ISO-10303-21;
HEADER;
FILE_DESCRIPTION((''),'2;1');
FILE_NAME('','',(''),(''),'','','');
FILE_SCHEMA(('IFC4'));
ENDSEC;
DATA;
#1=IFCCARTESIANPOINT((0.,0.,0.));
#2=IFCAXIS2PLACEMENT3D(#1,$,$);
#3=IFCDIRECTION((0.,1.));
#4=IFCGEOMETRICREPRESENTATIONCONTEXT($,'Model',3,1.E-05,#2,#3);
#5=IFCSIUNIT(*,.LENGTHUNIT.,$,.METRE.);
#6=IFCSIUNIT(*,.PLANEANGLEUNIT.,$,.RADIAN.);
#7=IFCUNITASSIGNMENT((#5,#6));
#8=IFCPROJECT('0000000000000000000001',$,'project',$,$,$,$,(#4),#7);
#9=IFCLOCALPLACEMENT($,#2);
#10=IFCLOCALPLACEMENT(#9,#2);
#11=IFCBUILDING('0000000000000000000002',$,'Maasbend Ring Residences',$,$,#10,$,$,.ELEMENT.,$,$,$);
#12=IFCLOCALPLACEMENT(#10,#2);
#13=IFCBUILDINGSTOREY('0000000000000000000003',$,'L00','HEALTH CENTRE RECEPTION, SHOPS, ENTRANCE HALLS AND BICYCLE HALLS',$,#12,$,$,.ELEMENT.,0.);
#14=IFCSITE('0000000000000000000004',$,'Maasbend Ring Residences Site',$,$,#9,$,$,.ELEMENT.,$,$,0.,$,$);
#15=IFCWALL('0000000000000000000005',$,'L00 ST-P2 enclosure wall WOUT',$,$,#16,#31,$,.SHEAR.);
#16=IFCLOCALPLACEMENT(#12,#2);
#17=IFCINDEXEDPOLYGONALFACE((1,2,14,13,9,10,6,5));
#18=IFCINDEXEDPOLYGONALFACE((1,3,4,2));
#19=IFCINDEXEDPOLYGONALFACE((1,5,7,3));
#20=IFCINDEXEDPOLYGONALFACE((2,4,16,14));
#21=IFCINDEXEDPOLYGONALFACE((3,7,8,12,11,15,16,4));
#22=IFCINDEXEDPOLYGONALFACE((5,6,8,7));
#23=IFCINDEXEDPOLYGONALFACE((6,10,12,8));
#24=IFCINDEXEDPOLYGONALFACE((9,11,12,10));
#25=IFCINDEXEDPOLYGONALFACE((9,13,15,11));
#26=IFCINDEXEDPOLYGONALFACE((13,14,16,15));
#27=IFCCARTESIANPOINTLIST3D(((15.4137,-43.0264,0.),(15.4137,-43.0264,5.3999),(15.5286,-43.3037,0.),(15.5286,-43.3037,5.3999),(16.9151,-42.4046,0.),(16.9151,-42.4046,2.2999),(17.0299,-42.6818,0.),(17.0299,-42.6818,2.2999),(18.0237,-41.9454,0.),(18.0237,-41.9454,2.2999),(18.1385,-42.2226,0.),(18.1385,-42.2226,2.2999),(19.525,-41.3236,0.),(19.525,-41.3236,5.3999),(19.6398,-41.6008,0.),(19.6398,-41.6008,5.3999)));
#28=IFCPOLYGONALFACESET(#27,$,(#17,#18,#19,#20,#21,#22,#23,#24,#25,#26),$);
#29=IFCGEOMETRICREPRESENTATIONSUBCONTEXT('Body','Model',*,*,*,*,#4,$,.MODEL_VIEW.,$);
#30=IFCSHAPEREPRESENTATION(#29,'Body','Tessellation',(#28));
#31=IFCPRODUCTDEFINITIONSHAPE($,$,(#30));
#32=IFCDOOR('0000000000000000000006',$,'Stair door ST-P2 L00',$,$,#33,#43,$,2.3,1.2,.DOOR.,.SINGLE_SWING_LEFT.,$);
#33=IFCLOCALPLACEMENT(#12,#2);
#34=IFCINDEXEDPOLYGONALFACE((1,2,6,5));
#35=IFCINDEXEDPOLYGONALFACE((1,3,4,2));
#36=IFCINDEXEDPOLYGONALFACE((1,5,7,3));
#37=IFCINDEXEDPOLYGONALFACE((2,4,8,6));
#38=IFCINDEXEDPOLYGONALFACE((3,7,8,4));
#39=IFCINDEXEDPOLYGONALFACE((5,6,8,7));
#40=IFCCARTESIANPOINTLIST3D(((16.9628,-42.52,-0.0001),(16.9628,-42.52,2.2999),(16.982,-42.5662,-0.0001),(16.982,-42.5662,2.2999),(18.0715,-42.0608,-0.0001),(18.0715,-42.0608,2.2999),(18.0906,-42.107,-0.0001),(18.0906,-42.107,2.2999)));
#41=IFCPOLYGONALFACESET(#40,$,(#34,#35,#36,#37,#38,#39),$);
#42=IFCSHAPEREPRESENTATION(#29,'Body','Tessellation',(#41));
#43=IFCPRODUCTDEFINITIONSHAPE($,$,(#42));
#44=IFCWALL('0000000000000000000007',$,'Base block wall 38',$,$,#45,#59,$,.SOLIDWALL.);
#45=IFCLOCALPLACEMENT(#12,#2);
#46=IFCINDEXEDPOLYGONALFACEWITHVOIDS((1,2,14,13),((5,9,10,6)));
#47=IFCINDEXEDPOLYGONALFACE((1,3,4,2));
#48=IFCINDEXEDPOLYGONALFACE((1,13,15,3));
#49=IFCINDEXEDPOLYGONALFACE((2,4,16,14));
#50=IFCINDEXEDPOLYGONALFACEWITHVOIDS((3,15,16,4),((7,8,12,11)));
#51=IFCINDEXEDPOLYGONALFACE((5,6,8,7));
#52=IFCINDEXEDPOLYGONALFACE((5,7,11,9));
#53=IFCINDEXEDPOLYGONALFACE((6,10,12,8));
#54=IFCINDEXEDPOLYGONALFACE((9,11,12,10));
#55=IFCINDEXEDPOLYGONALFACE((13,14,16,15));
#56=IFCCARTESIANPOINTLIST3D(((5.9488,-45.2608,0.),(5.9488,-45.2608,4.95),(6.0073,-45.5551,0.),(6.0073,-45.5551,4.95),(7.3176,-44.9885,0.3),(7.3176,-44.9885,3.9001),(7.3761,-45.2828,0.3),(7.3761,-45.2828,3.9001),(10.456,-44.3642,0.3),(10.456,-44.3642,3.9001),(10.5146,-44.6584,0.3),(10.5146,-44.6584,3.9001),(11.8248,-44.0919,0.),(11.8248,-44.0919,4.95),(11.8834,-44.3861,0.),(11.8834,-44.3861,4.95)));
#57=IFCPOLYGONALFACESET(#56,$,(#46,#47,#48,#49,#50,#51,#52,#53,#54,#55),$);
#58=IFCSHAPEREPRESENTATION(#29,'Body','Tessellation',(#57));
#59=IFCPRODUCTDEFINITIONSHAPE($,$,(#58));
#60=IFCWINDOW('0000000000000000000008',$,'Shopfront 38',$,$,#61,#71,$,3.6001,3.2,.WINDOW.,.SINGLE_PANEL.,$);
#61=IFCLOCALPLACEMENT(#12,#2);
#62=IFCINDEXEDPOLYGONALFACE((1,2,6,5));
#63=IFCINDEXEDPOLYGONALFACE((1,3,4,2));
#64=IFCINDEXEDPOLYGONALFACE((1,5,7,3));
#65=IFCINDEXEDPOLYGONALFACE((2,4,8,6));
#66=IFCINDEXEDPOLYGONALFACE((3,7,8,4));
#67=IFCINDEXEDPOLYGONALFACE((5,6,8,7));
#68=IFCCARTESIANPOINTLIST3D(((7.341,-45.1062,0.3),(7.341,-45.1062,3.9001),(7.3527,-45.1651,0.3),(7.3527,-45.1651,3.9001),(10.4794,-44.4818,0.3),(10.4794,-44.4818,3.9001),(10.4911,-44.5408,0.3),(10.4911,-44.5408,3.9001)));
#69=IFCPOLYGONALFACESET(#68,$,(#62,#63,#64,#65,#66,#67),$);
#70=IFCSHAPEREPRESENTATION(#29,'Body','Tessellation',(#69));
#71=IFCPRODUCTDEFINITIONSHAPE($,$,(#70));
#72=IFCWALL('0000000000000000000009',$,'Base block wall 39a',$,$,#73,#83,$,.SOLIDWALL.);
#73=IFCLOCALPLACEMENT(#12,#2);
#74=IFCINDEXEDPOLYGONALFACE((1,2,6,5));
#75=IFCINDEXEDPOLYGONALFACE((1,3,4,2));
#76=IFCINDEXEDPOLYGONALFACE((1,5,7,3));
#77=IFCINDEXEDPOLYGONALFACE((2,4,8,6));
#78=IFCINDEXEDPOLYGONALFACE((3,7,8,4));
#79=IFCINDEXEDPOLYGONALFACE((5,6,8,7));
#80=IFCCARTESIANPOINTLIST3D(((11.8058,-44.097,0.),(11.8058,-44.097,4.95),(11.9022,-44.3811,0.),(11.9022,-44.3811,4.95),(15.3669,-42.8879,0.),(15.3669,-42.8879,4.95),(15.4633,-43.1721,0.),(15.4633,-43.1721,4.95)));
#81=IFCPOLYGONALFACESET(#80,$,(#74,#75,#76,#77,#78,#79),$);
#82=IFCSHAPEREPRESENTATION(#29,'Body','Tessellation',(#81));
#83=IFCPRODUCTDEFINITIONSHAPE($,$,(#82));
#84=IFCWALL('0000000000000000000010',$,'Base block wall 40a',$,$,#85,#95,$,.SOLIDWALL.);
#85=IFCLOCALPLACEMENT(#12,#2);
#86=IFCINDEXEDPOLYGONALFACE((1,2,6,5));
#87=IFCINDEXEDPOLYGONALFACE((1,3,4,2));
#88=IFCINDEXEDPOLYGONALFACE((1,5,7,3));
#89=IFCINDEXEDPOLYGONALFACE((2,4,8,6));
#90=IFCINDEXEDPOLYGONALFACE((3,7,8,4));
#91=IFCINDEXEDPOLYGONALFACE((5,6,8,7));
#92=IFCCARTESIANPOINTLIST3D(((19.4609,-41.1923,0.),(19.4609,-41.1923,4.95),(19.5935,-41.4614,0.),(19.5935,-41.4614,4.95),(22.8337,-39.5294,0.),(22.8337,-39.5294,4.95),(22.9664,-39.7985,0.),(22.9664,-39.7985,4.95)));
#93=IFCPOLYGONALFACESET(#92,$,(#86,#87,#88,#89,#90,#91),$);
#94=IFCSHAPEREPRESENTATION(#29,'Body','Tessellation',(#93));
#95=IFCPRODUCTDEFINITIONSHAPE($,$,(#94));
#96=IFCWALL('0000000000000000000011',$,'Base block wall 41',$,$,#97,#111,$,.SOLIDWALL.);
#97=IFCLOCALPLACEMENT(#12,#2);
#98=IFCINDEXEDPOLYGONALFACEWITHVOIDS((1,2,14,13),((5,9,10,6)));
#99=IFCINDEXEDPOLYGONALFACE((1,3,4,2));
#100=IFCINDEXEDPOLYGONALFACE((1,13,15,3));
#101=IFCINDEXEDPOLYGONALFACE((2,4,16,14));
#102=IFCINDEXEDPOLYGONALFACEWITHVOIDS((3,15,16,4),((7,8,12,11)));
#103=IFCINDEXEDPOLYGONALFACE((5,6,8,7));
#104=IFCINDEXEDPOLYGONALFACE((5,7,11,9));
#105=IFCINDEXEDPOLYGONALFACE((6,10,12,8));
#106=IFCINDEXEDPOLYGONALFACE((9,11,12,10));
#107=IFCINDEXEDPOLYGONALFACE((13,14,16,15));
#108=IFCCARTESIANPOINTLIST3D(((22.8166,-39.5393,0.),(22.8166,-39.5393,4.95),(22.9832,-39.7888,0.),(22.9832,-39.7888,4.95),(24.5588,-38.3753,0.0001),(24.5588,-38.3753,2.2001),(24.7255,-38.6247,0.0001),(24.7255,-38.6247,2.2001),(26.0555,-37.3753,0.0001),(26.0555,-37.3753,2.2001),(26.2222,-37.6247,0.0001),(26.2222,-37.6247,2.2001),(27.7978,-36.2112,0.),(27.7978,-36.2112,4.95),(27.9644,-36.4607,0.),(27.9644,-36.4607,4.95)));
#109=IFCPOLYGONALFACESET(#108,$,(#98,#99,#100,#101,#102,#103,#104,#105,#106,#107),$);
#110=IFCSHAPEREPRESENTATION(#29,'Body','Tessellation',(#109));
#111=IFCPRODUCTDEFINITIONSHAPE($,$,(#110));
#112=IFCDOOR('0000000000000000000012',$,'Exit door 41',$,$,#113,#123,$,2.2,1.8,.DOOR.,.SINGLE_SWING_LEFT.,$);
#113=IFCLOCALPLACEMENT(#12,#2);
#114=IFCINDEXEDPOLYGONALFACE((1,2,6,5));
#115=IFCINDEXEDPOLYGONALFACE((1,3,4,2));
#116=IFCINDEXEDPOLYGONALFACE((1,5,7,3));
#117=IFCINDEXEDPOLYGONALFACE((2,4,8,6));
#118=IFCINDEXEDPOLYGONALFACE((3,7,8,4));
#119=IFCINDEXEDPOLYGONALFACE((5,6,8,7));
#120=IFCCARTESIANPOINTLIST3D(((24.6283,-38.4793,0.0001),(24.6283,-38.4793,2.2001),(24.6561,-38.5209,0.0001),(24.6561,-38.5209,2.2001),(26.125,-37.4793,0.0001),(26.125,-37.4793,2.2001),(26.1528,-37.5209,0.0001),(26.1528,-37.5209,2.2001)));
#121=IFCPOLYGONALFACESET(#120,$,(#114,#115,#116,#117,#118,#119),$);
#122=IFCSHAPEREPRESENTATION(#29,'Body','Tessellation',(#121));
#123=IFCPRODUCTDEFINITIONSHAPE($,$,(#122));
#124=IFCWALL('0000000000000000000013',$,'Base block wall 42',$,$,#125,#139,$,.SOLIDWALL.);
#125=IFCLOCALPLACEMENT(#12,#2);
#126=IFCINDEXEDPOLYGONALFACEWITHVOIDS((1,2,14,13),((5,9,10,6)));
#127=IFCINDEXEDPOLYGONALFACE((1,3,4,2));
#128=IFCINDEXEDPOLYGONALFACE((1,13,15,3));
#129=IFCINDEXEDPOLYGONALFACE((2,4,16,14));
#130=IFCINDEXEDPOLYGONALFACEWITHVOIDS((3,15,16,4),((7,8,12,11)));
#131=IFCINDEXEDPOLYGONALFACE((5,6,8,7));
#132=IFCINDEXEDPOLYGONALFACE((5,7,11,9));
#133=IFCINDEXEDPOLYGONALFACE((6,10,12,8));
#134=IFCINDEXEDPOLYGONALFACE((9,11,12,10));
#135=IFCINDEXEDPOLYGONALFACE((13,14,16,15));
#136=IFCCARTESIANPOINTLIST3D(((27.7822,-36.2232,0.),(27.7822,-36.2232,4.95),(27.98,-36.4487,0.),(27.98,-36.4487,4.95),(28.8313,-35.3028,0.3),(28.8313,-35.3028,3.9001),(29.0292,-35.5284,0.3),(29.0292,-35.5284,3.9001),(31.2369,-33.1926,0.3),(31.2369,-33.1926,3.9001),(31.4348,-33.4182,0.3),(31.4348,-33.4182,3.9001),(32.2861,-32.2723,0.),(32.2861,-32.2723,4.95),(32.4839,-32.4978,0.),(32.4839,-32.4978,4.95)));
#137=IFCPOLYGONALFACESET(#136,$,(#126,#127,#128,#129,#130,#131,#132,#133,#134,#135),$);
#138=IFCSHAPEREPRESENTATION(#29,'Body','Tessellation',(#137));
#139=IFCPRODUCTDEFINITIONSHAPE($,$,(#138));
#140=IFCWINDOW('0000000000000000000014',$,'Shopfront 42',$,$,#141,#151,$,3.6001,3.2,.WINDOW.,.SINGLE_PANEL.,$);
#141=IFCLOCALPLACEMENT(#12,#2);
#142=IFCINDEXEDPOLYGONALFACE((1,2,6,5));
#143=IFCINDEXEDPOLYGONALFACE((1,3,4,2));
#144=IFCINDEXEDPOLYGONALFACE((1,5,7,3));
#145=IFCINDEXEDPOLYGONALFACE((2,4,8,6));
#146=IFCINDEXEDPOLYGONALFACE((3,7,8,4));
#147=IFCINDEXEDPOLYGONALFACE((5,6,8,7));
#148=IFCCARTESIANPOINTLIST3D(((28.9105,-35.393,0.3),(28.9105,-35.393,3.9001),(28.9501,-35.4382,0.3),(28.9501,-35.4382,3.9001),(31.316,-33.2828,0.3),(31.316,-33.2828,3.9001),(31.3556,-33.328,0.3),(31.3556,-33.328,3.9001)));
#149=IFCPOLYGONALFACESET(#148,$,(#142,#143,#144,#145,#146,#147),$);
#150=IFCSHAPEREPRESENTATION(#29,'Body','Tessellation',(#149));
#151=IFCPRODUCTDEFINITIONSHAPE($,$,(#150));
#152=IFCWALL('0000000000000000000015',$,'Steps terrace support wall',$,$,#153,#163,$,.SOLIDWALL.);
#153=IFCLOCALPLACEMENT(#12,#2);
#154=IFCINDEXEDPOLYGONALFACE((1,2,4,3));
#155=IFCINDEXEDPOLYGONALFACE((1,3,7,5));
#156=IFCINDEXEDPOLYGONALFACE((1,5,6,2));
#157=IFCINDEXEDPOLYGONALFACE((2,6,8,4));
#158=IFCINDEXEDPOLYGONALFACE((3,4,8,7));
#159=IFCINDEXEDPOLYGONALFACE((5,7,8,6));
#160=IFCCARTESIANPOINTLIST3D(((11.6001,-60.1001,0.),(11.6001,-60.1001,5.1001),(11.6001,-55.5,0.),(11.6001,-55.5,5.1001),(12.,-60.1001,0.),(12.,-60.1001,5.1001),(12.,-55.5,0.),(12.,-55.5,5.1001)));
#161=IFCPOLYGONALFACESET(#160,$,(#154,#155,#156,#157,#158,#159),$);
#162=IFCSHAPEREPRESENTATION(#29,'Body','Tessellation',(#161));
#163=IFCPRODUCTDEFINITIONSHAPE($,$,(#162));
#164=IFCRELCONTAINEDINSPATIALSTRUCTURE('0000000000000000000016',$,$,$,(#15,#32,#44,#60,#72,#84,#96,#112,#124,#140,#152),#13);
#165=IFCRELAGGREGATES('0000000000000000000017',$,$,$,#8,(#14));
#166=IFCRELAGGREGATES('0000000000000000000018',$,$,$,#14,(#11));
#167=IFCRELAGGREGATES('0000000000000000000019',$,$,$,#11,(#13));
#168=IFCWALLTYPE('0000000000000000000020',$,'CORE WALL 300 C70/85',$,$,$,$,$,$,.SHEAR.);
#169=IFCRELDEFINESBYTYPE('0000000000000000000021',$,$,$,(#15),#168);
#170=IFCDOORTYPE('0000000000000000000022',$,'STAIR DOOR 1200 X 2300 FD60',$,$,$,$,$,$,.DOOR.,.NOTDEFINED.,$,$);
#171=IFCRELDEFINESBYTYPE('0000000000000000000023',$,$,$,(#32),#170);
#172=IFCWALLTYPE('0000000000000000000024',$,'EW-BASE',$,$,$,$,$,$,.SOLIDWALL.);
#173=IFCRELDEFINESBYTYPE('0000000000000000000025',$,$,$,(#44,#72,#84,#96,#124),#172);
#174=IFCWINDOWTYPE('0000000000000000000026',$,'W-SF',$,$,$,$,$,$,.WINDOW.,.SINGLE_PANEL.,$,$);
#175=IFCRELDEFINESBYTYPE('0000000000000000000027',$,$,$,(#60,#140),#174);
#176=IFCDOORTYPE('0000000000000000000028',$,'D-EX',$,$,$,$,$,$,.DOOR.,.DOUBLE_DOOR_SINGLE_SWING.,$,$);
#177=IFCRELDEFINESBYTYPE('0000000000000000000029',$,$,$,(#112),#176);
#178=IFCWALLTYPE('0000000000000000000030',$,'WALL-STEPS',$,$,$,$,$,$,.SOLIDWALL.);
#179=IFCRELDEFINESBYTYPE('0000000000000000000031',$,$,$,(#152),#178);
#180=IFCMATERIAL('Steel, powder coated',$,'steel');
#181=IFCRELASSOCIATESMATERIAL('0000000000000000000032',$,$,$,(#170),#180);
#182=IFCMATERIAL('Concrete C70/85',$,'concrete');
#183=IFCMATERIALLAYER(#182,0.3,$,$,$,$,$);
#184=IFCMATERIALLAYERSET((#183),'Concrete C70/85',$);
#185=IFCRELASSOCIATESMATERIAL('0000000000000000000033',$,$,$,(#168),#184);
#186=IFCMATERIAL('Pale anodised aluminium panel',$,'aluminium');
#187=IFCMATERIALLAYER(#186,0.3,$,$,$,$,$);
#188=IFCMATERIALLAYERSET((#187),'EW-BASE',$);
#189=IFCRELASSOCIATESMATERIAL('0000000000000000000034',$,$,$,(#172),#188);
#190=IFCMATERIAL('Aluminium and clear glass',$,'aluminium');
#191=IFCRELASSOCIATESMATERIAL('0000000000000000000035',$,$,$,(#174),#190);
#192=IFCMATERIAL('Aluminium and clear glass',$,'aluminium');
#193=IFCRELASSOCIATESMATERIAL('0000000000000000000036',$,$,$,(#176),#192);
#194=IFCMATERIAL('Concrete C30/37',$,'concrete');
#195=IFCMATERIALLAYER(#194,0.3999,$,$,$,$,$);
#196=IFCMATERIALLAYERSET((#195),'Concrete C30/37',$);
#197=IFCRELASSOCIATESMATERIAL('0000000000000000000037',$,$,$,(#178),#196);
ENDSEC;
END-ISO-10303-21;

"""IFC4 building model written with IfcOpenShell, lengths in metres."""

from ifc_helpers import new_model, si_unit, direction, frame, frame_2d, origin, place, context, subcontext, project, spatial, rectangle, extrude, material, layer, layer_set, type_object, element, fill, save


model = new_model("IFC4")

# Units and contexts
model_context = context("Model", 3, precision=1e-05, world=origin(), true_north=direction((0.0, 1.0)))
body_context = subcontext(model_context, "Body", "Model", "MODEL_VIEW")
ifc_project = project(units=[si_unit("LENGTHUNIT", "METRE"), si_unit("PLANEANGLEUNIT", "RADIAN")], contexts=[model_context])

# Site, building, storey
site_placement = place(None, origin())
site = spatial("IfcSite", under=ifc_project, at=site_placement, Name="Maasbend Ring Residences Site", CompositionType="ELEMENT", RefElevation=0.0)
building_placement = place(site_placement, origin())
building = spatial("IfcBuilding", under=site, at=building_placement, Name="Maasbend Ring Residences", CompositionType="ELEMENT")
storey_placement = place(building_placement, origin())
storey = spatial("IfcBuildingStorey", under=building, at=storey_placement, Name="L00", Description="HEALTH CENTRE RECEPTION, SHOPS, ENTRANCE HALLS AND BICYCLE HALLS", CompositionType="ELEMENT", Elevation=0.0)

# Shared definitions
ifc_material_1 = material(Name="Steel, powder coated", Category="steel")
door_type_1 = type_object("IfcDoorType", Name="STAIR DOOR 1200 X 2300 FD60", OperationType="NOTDEFINED", PredefinedType="DOOR", material=ifc_material_1)

# Wall, opening, door
ifc_material_2 = material(Name="Concrete C70/85", Category="concrete")
ifc_layer_1 = layer(ifc_material_2, 0.3)
ifc_layer_set_1 = layer_set([ifc_layer_1], Name="Concrete C70/85")
wall_type_1 = type_object("IfcWallType", Name="CORE WALL 300 C70/85", PredefinedType="SHEAR", material=ifc_layer_set_1)
wall_1_placement = place(storey_placement, frame((19.5825, -41.4622, 0.0), z_axis=(0.0, 0.0, 1.0), x_axis=(-0.923886, -0.382667, 0.0)))
wall_1 = element("IfcWall", 1, at=wall_1_placement, inside=storey, type_object=wall_type_1, Name="L00 ST-P2 enclosure wall WOUT", PredefinedType="SHEAR", context=body_context, shape_type="SweptSolid", body=[
    extrude(rectangle(XDim=4.45, YDim=0.3, at=frame_2d((2.2251, 0.0))), origin(), (0.0, 0.0, 1.0), 5.3999),
])
opening_1_placement = place(wall_1_placement, frame((1.625, 0.0, 0.0)))
opening_1 = element("IfcOpeningElement", 2, at=opening_1_placement, cuts=wall_1, PredefinedType="OPENING", context=body_context, shape_type="SweptSolid", body=[
    extrude(rectangle(XDim=1.2, YDim=2.3, at=frame_2d((0.6001, 1.1499))), frame((0.0, 0.1602, 0.0), z_axis=(0.0, -1.0, 0.0), x_axis=(1.0, 0.0, 0.0)), (0.0, 0.0, 1.0), 0.3201),
])
door_1_placement = place(opening_1_placement, origin())
door_1 = element("IfcDoor", 3, at=door_1_placement, inside=storey, type_object=door_type_1, Name="Stair door ST-P2 L00", OperationType="SINGLE_SWING_LEFT", OverallHeight=2.3, OverallWidth=1.2, PredefinedType="DOOR", context=body_context, shape_type="SweptSolid", body=[
    extrude(rectangle(XDim=1.2, YDim=2.3, at=frame_2d((0.6001, 1.1499))), frame((0.0, 0.0249, 0.0), z_axis=(0.0, -1.0, 0.0), x_axis=(1.0, 0.0, 0.0)), (0.0, 0.0, 1.0), 0.05),
])
fill(opening_1, door_1)

# Wall, opening, window
ifc_material_3 = material(Name="Pale anodised aluminium panel", Category="aluminium")
ifc_layer_2 = layer(ifc_material_3, 0.3)
ifc_layer_set_2 = layer_set([ifc_layer_2], Name="EW-BASE")
wall_type_2 = type_object("IfcWallType", Name="EW-BASE", PredefinedType="SOLIDWALL", material=ifc_layer_set_2)
wall_2_placement = place(storey_placement, frame((5.978, -45.408, 0.0), z_axis=(0.0, 0.0, 1.0), x_axis=(0.980781, 0.195113, 0.0)))
wall_2 = element("IfcWall", 4, at=wall_2_placement, inside=storey, type_object=wall_type_2, Name="Base block wall 38", PredefinedType="SOLIDWALL", context=body_context, shape_type="SweptSolid", body=[
    extrude(rectangle(XDim=5.9912, YDim=0.3, at=frame_2d((2.9956, 0.0))), origin(), (0.0, 0.0, 1.0), 4.95),
])
opening_2_placement = place(wall_2_placement, frame((1.3955, 0.0, 0.3)))
opening_2 = element("IfcOpeningElement", 5, at=opening_2_placement, cuts=wall_2, PredefinedType="OPENING", context=body_context, shape_type="SweptSolid", body=[
    extrude(rectangle(XDim=3.2, YDim=3.6001, at=frame_2d((1.6001, 1.8))), frame((0.0, 0.1602, 0.0), z_axis=(0.0, -1.0, 0.0), x_axis=(1.0, 0.0, 0.0)), (0.0, 0.0, 1.0), 0.3201),
])
ifc_material_4 = material(Name="Aluminium and clear glass", Category="aluminium")
window_type = type_object("IfcWindowType", Name="W-SF", PartitioningType="SINGLE_PANEL", PredefinedType="WINDOW", material=ifc_material_4)
window_1_placement = place(opening_2_placement, origin())
window_1 = element("IfcWindow", 6, at=window_1_placement, inside=storey, type_object=window_type, Name="Shopfront 38", OverallHeight=3.6001, OverallWidth=3.2, PartitioningType="SINGLE_PANEL", PredefinedType="WINDOW", context=body_context, shape_type="SweptSolid", body=[
    extrude(rectangle(XDim=3.2, YDim=3.6001, at=frame_2d((1.6001, 1.8))), frame((0.0, 0.03, 0.0), z_axis=(0.0, -1.0, 0.0), x_axis=(1.0, 0.0, 0.0)), (0.0, 0.0, 1.0), 0.0601),
])
fill(opening_2, window_1)

# Walls
wall_3_placement = place(storey_placement, frame((11.854, -44.239, 0.0), z_axis=(0.0, 0.0, 1.0), x_axis=(0.946916, 0.321481, 0.0)))
element("IfcWall", 7, at=wall_3_placement, inside=storey, type_object=wall_type_2, Name="Base block wall 39a", PredefinedType="SOLIDWALL", context=body_context, shape_type="SweptSolid", body=[
    extrude(rectangle(XDim=3.7607, YDim=0.3, at=frame_2d((1.8804, 0.0))), origin(), (0.0, 0.0, 1.0), 4.95),
])
wall_4_placement = place(storey_placement, frame((19.5271, -41.3269, 0.0), z_axis=(0.0, 0.0, 1.0), x_axis=(0.896919, 0.442194, 0.0)))
element("IfcWall", 8, at=wall_4_placement, inside=storey, type_object=wall_type_2, Name="Base block wall 40a", PredefinedType="SOLIDWALL", context=body_context, shape_type="SweptSolid", body=[
    extrude(rectangle(XDim=3.7605, YDim=0.3, at=frame_2d((1.8804, 0.0))), origin(), (0.0, 0.0, 1.0), 4.95),
])

# Wall, opening, door
wall_5_placement = place(storey_placement, frame((22.8999, -39.6641, 0.0), z_axis=(0.0, 0.0, 1.0), x_axis=(0.831486, 0.555546, 0.0)))
wall_5 = element("IfcWall", 9, at=wall_5_placement, inside=storey, type_object=wall_type_2, Name="Base block wall 41", PredefinedType="SOLIDWALL", context=body_context, shape_type="SweptSolid", body=[
    extrude(rectangle(XDim=5.9907, YDim=0.3, at=frame_2d((2.9954, 0.0))), origin(), (0.0, 0.0, 1.0), 4.95),
])
opening_3_placement = place(wall_5_placement, frame((2.0955, 0.0, 0.0)))
opening_3 = element("IfcOpeningElement", 10, at=opening_3_placement, cuts=wall_5, PredefinedType="OPENING", context=body_context, shape_type="SweptSolid", body=[
    extrude(rectangle(XDim=1.8, YDim=2.2, at=frame_2d((0.8999, 1.1001))), frame((0.0, 0.1602, 0.0), z_axis=(0.0, -1.0, 0.0), x_axis=(1.0, 0.0, 0.0)), (0.0, 0.0, 1.0), 0.3201),
])
ifc_material_5 = material(Name="Aluminium and clear glass", Category="aluminium")
door_type_2 = type_object("IfcDoorType", Name="D-EX", OperationType="DOUBLE_DOOR_SINGLE_SWING", PredefinedType="DOOR", material=ifc_material_5)
door_2_placement = place(opening_3_placement, origin())
door_2 = element("IfcDoor", 11, at=door_2_placement, inside=storey, type_object=door_type_2, Name="Exit door 41", OperationType="SINGLE_SWING_LEFT", OverallHeight=2.2, OverallWidth=1.8, PredefinedType="DOOR", context=body_context, shape_type="SweptSolid", body=[
    extrude(rectangle(XDim=1.8, YDim=2.2, at=frame_2d((0.8999, 1.1001))), frame((0.0, 0.0249, 0.0), z_axis=(0.0, -1.0, 0.0), x_axis=(1.0, 0.0, 0.0)), (0.0, 0.0, 1.0), 0.05),
])
fill(opening_3, door_2)

# Wall, opening, window
wall_6_placement = place(storey_placement, frame((27.8811, -36.3359, 0.0), z_axis=(0.0, 0.0, 1.0), x_axis=(0.751748, 0.65945, 0.0)))
wall_6 = element("IfcWall", 12, at=wall_6_placement, inside=storey, type_object=wall_type_2, Name="Base block wall 42", PredefinedType="SOLIDWALL", context=body_context, shape_type="SweptSolid", body=[
    extrude(rectangle(XDim=5.9912, YDim=0.3, at=frame_2d((2.9956, 0.0))), origin(), (0.0, 0.0, 1.0), 4.95),
])
opening_4_placement = place(wall_6_placement, frame((1.3955, 0.0, 0.3)))
opening_4 = element("IfcOpeningElement", 13, at=opening_4_placement, cuts=wall_6, PredefinedType="OPENING", context=body_context, shape_type="SweptSolid", body=[
    extrude(rectangle(XDim=3.2, YDim=3.6001, at=frame_2d((1.6001, 1.8))), frame((0.0, 0.1602, 0.0), z_axis=(0.0, -1.0, 0.0), x_axis=(1.0, 0.0, 0.0)), (0.0, 0.0, 1.0), 0.3201),
])
window_2_placement = place(opening_4_placement, origin())
window_2 = element("IfcWindow", 14, at=window_2_placement, inside=storey, type_object=window_type, Name="Shopfront 42", OverallHeight=3.6001, OverallWidth=3.2, PartitioningType="SINGLE_PANEL", PredefinedType="WINDOW", context=body_context, shape_type="SweptSolid", body=[
    extrude(rectangle(XDim=3.2, YDim=3.6001, at=frame_2d((1.6001, 1.8))), frame((0.0, 0.03, 0.0), z_axis=(0.0, -1.0, 0.0), x_axis=(1.0, 0.0, 0.0)), (0.0, 0.0, 1.0), 0.0601),
])
fill(opening_4, window_2)

# Wall
ifc_material_6 = material(Name="Concrete C30/37", Category="concrete")
ifc_layer_3 = layer(ifc_material_6, 0.3999)
ifc_layer_set_3 = layer_set([ifc_layer_3], Name="Concrete C30/37")
wall_type_3 = type_object("IfcWallType", Name="WALL-STEPS", PredefinedType="SOLIDWALL", material=ifc_layer_set_3)
wall_7_placement = place(storey_placement, frame((11.8, -60.1001, 0.0), z_axis=(0.0, 0.0, 1.0), x_axis=(0.0, 1.0, 0.0)))
element("IfcWall", 15, at=wall_7_placement, inside=storey, type_object=wall_type_3, Name="Steps terrace support wall", PredefinedType="SOLIDWALL", context=body_context, shape_type="SweptSolid", body=[
    extrude(rectangle(XDim=4.6001, YDim=0.3999, at=frame_2d((2.3, 0.0))), origin(), (0.0, 0.0, 1.0), 5.1001),
])

save(model, "model.ifc")
